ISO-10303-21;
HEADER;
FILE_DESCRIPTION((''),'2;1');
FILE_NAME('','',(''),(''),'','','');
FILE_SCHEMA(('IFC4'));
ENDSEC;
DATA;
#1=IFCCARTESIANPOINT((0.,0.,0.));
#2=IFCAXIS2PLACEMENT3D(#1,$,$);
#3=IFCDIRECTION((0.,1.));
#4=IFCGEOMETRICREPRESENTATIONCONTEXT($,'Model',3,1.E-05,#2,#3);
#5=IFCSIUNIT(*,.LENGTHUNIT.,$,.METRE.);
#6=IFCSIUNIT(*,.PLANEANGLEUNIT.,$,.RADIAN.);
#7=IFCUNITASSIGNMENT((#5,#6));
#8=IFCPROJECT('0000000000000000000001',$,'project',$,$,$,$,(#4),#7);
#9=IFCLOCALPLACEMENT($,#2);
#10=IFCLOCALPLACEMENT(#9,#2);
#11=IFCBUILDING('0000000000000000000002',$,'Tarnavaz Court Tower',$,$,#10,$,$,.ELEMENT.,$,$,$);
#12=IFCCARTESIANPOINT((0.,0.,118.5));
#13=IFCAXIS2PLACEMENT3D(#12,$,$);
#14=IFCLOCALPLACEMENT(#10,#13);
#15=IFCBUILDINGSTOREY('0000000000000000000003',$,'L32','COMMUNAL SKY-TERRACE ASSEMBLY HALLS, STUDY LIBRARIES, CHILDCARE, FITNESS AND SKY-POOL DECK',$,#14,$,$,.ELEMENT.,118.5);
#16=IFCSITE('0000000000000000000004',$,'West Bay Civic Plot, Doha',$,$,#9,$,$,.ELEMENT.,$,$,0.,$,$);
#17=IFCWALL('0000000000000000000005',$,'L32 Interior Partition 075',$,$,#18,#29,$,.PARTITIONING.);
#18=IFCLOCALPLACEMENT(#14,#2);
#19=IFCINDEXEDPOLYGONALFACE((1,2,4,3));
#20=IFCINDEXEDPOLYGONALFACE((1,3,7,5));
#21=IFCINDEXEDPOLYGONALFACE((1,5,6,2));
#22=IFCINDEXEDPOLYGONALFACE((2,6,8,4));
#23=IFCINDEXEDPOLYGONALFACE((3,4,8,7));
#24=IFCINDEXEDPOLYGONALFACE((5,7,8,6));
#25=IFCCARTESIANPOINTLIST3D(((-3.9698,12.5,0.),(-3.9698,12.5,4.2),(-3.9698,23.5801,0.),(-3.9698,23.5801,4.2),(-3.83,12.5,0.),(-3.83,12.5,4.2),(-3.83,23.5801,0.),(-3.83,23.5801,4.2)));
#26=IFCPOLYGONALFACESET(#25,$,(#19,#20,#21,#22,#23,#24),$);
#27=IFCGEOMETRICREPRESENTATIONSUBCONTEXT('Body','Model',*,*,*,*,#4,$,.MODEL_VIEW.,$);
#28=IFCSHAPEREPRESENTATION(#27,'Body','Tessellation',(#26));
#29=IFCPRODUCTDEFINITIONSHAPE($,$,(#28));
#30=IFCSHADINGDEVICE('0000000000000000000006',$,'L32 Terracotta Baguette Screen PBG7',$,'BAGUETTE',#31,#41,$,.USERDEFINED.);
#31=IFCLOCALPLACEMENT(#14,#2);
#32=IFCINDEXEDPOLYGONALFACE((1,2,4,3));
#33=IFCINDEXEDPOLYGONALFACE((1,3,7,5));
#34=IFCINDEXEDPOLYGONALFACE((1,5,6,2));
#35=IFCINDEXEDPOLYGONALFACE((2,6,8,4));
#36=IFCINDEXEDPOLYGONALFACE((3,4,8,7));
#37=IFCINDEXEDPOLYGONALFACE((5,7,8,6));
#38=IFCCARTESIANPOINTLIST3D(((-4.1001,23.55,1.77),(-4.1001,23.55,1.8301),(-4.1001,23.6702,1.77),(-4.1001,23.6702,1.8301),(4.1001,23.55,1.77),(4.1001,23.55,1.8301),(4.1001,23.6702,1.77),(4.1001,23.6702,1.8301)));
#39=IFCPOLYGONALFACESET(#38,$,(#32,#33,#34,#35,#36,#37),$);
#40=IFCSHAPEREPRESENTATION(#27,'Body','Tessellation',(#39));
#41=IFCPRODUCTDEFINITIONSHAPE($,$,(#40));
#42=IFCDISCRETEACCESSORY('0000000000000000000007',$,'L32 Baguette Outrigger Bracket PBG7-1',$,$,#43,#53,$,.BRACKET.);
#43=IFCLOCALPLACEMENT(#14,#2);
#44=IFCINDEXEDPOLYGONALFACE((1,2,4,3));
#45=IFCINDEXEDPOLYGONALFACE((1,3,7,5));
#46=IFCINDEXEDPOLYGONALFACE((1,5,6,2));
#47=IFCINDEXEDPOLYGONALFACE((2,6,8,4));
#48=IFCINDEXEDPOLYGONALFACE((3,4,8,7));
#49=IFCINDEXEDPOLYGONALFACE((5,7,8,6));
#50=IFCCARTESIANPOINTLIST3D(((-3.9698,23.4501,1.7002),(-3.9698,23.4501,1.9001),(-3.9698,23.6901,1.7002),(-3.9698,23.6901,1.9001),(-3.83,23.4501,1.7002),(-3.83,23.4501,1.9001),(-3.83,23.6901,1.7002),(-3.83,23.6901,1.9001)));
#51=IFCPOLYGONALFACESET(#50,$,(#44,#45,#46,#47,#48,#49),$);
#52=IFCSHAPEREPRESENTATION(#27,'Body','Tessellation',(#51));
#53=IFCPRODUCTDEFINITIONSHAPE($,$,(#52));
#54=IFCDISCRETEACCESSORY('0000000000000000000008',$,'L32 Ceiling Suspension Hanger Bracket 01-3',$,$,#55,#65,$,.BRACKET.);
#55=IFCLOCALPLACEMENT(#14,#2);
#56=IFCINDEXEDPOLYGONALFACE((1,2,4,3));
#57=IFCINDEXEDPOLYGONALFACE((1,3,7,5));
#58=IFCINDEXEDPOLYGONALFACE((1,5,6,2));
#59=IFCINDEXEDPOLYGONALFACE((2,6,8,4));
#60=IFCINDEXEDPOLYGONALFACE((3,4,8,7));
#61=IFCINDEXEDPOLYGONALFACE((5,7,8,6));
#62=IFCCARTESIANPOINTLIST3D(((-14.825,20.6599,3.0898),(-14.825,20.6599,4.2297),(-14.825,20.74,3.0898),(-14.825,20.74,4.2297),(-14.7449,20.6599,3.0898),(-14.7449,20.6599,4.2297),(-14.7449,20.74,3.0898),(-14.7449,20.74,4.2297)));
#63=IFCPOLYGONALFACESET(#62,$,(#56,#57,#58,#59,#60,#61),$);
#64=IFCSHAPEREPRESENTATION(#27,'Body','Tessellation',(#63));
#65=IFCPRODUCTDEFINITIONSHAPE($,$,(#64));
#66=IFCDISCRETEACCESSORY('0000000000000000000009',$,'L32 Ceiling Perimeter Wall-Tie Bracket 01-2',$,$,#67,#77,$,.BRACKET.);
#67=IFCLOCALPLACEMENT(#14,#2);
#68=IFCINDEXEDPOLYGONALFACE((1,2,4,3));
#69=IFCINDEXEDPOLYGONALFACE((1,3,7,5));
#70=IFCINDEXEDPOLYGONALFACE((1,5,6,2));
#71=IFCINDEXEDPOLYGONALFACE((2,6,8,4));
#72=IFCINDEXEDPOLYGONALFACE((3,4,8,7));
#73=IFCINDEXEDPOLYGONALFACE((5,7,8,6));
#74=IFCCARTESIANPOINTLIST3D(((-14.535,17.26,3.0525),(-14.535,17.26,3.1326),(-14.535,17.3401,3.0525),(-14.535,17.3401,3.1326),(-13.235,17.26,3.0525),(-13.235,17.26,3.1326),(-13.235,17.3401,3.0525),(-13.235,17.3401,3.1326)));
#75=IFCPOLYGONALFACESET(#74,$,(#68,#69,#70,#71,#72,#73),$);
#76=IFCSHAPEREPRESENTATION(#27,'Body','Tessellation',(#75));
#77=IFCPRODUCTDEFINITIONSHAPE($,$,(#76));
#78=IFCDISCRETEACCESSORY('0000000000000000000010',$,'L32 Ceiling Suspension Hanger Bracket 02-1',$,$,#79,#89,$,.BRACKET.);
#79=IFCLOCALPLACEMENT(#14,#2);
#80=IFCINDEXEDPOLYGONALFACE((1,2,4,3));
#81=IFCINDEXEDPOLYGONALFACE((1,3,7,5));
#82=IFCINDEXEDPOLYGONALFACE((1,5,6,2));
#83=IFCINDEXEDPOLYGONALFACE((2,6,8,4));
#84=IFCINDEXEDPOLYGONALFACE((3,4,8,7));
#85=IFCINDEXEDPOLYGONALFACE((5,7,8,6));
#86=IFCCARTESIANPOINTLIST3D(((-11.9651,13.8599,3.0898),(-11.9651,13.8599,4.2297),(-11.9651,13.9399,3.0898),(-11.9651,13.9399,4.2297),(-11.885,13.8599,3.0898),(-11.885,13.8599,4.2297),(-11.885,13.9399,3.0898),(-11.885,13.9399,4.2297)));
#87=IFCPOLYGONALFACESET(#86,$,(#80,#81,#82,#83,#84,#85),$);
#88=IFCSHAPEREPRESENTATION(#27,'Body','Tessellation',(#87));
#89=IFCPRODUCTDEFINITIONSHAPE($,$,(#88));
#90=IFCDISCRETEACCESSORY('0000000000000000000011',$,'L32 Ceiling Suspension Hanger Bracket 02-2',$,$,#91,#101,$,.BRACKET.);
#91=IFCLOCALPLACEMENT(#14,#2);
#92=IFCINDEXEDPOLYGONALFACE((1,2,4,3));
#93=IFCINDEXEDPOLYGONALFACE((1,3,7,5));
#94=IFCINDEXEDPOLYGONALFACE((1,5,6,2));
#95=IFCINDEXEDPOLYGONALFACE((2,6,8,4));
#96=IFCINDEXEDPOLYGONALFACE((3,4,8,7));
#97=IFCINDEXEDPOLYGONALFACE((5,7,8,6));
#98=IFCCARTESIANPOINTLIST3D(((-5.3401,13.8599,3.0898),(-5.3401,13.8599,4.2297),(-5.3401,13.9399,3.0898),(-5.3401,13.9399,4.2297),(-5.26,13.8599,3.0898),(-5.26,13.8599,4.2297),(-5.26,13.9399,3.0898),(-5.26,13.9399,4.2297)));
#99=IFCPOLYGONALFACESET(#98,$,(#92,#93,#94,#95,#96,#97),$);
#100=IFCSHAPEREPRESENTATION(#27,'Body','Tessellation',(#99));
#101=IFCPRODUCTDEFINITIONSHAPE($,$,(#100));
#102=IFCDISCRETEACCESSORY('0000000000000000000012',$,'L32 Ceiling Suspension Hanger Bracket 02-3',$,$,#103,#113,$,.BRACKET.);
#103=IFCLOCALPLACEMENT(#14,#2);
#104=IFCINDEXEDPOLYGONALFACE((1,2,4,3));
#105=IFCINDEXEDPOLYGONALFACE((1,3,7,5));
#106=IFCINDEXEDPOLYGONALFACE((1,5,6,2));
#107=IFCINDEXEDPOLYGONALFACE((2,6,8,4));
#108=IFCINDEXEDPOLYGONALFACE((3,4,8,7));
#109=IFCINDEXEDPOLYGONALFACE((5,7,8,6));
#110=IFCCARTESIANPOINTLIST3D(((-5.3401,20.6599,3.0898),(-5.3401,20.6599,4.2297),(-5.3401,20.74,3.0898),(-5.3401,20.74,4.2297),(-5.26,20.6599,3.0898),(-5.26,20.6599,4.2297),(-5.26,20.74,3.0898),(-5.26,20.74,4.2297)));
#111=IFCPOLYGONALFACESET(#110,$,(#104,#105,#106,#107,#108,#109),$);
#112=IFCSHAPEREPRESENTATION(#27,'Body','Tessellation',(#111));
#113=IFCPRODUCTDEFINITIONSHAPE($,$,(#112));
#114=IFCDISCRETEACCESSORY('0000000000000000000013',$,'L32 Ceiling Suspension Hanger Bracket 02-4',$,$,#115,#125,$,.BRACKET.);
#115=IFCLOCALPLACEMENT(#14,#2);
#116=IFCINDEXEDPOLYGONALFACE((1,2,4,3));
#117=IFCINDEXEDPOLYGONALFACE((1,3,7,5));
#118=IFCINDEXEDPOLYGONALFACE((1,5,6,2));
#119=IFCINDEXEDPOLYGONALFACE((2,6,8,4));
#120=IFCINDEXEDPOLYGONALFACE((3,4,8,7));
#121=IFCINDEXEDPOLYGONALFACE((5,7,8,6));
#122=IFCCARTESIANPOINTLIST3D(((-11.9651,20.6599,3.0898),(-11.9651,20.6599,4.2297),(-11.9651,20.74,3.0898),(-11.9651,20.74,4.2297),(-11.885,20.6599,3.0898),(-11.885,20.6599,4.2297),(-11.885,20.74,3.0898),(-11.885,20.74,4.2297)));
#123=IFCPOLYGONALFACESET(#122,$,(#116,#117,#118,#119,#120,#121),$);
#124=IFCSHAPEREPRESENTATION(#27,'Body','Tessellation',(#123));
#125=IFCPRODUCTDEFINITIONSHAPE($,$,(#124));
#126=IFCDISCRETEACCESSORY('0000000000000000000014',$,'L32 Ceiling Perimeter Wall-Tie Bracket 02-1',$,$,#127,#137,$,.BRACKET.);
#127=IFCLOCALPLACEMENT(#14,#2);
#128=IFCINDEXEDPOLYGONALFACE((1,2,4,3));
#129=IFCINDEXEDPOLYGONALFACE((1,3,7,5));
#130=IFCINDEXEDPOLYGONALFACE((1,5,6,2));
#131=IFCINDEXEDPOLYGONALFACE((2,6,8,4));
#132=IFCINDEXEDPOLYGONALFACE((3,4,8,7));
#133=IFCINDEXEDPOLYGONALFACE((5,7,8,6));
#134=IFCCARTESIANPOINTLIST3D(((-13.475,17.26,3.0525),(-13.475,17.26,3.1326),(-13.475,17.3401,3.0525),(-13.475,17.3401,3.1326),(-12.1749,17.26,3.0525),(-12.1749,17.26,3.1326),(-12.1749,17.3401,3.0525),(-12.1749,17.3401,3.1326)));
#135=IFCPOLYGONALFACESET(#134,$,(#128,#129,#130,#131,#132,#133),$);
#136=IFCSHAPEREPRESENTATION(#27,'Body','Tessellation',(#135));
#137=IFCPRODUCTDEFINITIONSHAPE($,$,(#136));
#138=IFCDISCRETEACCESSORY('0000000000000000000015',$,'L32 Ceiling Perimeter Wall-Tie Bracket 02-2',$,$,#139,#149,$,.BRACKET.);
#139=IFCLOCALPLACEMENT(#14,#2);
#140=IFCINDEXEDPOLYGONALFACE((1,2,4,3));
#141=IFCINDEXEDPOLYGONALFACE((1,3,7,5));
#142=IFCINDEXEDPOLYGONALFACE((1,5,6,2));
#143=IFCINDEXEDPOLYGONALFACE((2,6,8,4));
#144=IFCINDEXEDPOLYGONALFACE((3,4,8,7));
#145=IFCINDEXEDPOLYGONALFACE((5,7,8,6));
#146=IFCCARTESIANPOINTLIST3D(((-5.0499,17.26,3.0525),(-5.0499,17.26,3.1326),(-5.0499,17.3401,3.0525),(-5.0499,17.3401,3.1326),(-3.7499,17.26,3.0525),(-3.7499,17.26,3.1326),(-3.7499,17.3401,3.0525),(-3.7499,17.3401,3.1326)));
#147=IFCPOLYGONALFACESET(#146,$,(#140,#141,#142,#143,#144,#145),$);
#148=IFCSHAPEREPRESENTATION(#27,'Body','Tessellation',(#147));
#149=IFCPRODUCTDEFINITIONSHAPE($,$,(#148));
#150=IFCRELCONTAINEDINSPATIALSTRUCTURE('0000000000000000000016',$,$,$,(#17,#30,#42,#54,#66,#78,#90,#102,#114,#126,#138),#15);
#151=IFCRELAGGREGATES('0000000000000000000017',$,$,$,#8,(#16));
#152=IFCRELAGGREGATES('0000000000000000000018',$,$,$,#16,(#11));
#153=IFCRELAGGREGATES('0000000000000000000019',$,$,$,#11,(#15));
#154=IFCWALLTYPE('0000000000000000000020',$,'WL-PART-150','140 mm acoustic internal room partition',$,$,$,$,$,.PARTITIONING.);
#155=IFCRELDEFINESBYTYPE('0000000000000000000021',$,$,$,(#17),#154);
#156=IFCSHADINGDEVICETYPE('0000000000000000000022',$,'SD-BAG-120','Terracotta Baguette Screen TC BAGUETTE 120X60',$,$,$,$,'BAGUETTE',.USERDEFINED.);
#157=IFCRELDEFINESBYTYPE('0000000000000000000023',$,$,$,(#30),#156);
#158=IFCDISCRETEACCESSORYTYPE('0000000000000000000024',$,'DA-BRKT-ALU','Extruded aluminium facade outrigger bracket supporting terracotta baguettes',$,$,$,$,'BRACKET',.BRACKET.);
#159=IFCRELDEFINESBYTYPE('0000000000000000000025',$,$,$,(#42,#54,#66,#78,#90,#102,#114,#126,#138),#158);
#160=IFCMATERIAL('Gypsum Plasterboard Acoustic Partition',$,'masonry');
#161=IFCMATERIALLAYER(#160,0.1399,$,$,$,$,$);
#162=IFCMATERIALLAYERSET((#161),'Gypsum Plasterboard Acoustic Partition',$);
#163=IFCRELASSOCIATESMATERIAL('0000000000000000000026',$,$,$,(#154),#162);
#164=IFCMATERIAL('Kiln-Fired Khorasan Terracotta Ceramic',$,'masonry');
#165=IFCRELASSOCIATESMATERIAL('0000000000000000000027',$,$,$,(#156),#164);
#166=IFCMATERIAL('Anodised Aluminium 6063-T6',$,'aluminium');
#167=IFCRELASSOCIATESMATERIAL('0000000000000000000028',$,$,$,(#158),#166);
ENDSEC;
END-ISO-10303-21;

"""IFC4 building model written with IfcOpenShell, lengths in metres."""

from ifc_helpers import new_model, si_unit, direction, frame, frame_2d, origin, origin_2d, place, context, subcontext, project, spatial, rectangle, extrude, material, layer, layer_set, material_profile, profile_set, type_object, element, save


model = new_model("IFC4")

# Units and contexts
model_context = context("Model", 3, precision=1e-05, world=origin(), true_north=direction((0.0, 1.0)))
body_context = subcontext(model_context, "Body", "Model", "MODEL_VIEW")
ifc_project = project(units=[si_unit("LENGTHUNIT", "METRE"), si_unit("PLANEANGLEUNIT", "RADIAN")], contexts=[model_context])

# Site, building, storey
site_placement = place(None, origin())
site = spatial("IfcSite", under=ifc_project, at=site_placement, Name="West Bay Civic Plot, Doha", CompositionType="ELEMENT", RefElevation=0.0)
building_placement = place(site_placement, origin())
building = spatial("IfcBuilding", under=site, at=building_placement, Name="Tarnavaz Court Tower", CompositionType="ELEMENT")
storey_placement = place(building_placement, frame((0.0, 0.0, 118.5)))
storey = spatial("IfcBuildingStorey", under=building, at=storey_placement, Name="L32", Description="COMMUNAL SKY-TERRACE ASSEMBLY HALLS, STUDY LIBRARIES, CHILDCARE, FITNESS AND SKY-POOL DECK", CompositionType="ELEMENT", Elevation=118.5)

# Shared definitions
ifc_material_1 = material(Name="Anodised Aluminium 6063-T6", Category="aluminium")

# Wall
ifc_material_2 = material(Name="Gypsum Plasterboard Acoustic Partition", Category="masonry")
ifc_layer_1 = layer(ifc_material_2, 0.1399)
ifc_layer_set_1 = layer_set([ifc_layer_1], Name="Gypsum Plasterboard Acoustic Partition")
wall_type_1 = type_object("IfcWallType", Name="WL-PART-150", Description="140 mm acoustic internal room partition", PredefinedType="PARTITIONING", material=ifc_layer_set_1)
wall_1_placement = place(storey_placement, frame((-3.8999, 12.5, 0.0), z_axis=(0.0, 0.0, 1.0), x_axis=(0.0, 1.0, 0.0)))
element("IfcWall", 1, at=wall_1_placement, inside=storey, type_object=wall_type_1, Name="L32 Interior Partition 075", PredefinedType="PARTITIONING", context=body_context, shape_type="SweptSolid", body=[
    extrude(rectangle(XDim=11.0801, YDim=0.1399, at=frame_2d((5.54, 0.0))), origin(), (0.0, 0.0, 1.0), 4.2),
])

# Shading device
ifc_material_3 = material(Name="Kiln-Fired Khorasan Terracotta Ceramic", Category="masonry")
ifc_material_profile_1 = material_profile(ifc_material_3, rectangle(XDim=0.1201, YDim=0.0601, at=origin_2d()), Name="TC BAGUETTE 120X60")
ifc_profile_set_1 = profile_set([ifc_material_profile_1], Name="Kiln-Fired Khorasan Terracotta Ceramic")
shading_device_type = type_object("IfcShadingDeviceType", Name="SD-BAG-120", Description="Terracotta Baguette Screen TC BAGUETTE 120X60", ElementType="BAGUETTE", PredefinedType="USERDEFINED", material=ifc_profile_set_1)
shading_device_placement = place(storey_placement, frame((-4.1001, 23.6101, 1.8), z_axis=(1.0, 0.0, 0.0), x_axis=(0.0, 1.0, 0.0)))
element("IfcShadingDevice", 2, at=shading_device_placement, inside=storey, type_object=shading_device_type, Name="L32 Terracotta Baguette Screen PBG7", ObjectType="BAGUETTE", PredefinedType="USERDEFINED", context=body_context, shape_type="SweptSolid", body=[
    extrude(rectangle(XDim=0.1201, YDim=0.0601, at=origin_2d()), origin(), (0.0, 0.0, 1.0), 8.2002),
])

# Discrete accessories
discrete_accessory_type = type_object("IfcDiscreteAccessoryType", Name="DA-BRKT-ALU", Description="Extruded aluminium facade outrigger bracket supporting terracotta baguettes", ElementType="BRACKET", PredefinedType="BRACKET", material=ifc_material_1)
discrete_accessory_1_placement = place(storey_placement, frame((-3.8999, 23.5701, 1.7002), z_axis=(0.0, 0.0, 1.0), x_axis=(1.0, 0.0, 0.0)))
element("IfcDiscreteAccessory", 3, at=discrete_accessory_1_placement, inside=storey, type_object=discrete_accessory_type, Name="L32 Baguette Outrigger Bracket PBG7-1", PredefinedType="BRACKET", context=body_context, shape_type="SweptSolid", body=[
    extrude(rectangle(XDim=0.1399, YDim=0.24, at=origin_2d()), origin(), (0.0, 0.0, 1.0), 0.2),
])
discrete_accessory_2_placement = place(storey_placement, frame((-14.7849, 20.7, 3.0898), z_axis=(0.0, 0.0, 1.0), x_axis=(1.0, 0.0, 0.0)))
element("IfcDiscreteAccessory", 4, at=discrete_accessory_2_placement, inside=storey, type_object=discrete_accessory_type, Name="L32 Ceiling Suspension Hanger Bracket 01-3", PredefinedType="BRACKET", context=body_context, shape_type="SweptSolid", body=[
    extrude(rectangle(XDim=0.0801, YDim=0.0801, at=origin_2d()), origin(), (0.0, 0.0, 1.0), 1.1399),
])
discrete_accessory_3_placement = place(storey_placement, frame((-13.885, 17.3, 3.0525), z_axis=(0.0, 0.0, 1.0), x_axis=(1.0, 0.0, 0.0)))
element("IfcDiscreteAccessory", 5, at=discrete_accessory_3_placement, inside=storey, type_object=discrete_accessory_type, Name="L32 Ceiling Perimeter Wall-Tie Bracket 01-2", PredefinedType="BRACKET", context=body_context, shape_type="SweptSolid", body=[
    extrude(rectangle(XDim=1.3, YDim=0.0801, at=origin_2d()), origin(), (0.0, 0.0, 1.0), 0.0801),
])
for number, where, z_axis, x_axis, name in (
    (6, (-11.925, 13.8999, 3.0898), (0.0, 0.0, 1.0), (1.0, 0.0, 0.0), "L32 Ceiling Suspension Hanger Bracket 02-1"),
    (7, (-5.3, 13.8999, 3.0898), (0.0, 0.0, 1.0), (1.0, 0.0, 0.0), "L32 Ceiling Suspension Hanger Bracket 02-2"),
    (8, (-5.3, 20.7, 3.0898), (0.0, 0.0, 1.0), (1.0, 0.0, 0.0), "L32 Ceiling Suspension Hanger Bracket 02-3"),
    (9, (-11.925, 20.7, 3.0898), (0.0, 0.0, 1.0), (1.0, 0.0, 0.0), "L32 Ceiling Suspension Hanger Bracket 02-4"),
):
    element("IfcDiscreteAccessory", number, at=place(storey_placement, frame(where, z_axis=z_axis, x_axis=x_axis)), inside=storey, type_object=discrete_accessory_type, Name=name, PredefinedType="BRACKET", context=body_context, shape_type="SweptSolid", body=[
        extrude(rectangle(XDim=0.0801, YDim=0.0801, at=origin_2d()), origin(), (0.0, 0.0, 1.0), 1.1399),
    ])
for number, where, z_axis, x_axis, name in (
    (10, (-12.825, 17.3, 3.0525), (0.0, 0.0, 1.0), (1.0, 0.0, 0.0), "L32 Ceiling Perimeter Wall-Tie Bracket 02-1"),
    (11, (-4.3999, 17.3, 3.0525), (0.0, 0.0, 1.0), (1.0, 0.0, 0.0), "L32 Ceiling Perimeter Wall-Tie Bracket 02-2"),
):
    element("IfcDiscreteAccessory", number, at=place(storey_placement, frame(where, z_axis=z_axis, x_axis=x_axis)), inside=storey, type_object=discrete_accessory_type, Name=name, PredefinedType="BRACKET", context=body_context, shape_type="SweptSolid", body=[
        extrude(rectangle(XDim=1.3, YDim=0.0801, at=origin_2d()), origin(), (0.0, 0.0, 1.0), 0.0801),
    ])

save(model, "model.ifc")
